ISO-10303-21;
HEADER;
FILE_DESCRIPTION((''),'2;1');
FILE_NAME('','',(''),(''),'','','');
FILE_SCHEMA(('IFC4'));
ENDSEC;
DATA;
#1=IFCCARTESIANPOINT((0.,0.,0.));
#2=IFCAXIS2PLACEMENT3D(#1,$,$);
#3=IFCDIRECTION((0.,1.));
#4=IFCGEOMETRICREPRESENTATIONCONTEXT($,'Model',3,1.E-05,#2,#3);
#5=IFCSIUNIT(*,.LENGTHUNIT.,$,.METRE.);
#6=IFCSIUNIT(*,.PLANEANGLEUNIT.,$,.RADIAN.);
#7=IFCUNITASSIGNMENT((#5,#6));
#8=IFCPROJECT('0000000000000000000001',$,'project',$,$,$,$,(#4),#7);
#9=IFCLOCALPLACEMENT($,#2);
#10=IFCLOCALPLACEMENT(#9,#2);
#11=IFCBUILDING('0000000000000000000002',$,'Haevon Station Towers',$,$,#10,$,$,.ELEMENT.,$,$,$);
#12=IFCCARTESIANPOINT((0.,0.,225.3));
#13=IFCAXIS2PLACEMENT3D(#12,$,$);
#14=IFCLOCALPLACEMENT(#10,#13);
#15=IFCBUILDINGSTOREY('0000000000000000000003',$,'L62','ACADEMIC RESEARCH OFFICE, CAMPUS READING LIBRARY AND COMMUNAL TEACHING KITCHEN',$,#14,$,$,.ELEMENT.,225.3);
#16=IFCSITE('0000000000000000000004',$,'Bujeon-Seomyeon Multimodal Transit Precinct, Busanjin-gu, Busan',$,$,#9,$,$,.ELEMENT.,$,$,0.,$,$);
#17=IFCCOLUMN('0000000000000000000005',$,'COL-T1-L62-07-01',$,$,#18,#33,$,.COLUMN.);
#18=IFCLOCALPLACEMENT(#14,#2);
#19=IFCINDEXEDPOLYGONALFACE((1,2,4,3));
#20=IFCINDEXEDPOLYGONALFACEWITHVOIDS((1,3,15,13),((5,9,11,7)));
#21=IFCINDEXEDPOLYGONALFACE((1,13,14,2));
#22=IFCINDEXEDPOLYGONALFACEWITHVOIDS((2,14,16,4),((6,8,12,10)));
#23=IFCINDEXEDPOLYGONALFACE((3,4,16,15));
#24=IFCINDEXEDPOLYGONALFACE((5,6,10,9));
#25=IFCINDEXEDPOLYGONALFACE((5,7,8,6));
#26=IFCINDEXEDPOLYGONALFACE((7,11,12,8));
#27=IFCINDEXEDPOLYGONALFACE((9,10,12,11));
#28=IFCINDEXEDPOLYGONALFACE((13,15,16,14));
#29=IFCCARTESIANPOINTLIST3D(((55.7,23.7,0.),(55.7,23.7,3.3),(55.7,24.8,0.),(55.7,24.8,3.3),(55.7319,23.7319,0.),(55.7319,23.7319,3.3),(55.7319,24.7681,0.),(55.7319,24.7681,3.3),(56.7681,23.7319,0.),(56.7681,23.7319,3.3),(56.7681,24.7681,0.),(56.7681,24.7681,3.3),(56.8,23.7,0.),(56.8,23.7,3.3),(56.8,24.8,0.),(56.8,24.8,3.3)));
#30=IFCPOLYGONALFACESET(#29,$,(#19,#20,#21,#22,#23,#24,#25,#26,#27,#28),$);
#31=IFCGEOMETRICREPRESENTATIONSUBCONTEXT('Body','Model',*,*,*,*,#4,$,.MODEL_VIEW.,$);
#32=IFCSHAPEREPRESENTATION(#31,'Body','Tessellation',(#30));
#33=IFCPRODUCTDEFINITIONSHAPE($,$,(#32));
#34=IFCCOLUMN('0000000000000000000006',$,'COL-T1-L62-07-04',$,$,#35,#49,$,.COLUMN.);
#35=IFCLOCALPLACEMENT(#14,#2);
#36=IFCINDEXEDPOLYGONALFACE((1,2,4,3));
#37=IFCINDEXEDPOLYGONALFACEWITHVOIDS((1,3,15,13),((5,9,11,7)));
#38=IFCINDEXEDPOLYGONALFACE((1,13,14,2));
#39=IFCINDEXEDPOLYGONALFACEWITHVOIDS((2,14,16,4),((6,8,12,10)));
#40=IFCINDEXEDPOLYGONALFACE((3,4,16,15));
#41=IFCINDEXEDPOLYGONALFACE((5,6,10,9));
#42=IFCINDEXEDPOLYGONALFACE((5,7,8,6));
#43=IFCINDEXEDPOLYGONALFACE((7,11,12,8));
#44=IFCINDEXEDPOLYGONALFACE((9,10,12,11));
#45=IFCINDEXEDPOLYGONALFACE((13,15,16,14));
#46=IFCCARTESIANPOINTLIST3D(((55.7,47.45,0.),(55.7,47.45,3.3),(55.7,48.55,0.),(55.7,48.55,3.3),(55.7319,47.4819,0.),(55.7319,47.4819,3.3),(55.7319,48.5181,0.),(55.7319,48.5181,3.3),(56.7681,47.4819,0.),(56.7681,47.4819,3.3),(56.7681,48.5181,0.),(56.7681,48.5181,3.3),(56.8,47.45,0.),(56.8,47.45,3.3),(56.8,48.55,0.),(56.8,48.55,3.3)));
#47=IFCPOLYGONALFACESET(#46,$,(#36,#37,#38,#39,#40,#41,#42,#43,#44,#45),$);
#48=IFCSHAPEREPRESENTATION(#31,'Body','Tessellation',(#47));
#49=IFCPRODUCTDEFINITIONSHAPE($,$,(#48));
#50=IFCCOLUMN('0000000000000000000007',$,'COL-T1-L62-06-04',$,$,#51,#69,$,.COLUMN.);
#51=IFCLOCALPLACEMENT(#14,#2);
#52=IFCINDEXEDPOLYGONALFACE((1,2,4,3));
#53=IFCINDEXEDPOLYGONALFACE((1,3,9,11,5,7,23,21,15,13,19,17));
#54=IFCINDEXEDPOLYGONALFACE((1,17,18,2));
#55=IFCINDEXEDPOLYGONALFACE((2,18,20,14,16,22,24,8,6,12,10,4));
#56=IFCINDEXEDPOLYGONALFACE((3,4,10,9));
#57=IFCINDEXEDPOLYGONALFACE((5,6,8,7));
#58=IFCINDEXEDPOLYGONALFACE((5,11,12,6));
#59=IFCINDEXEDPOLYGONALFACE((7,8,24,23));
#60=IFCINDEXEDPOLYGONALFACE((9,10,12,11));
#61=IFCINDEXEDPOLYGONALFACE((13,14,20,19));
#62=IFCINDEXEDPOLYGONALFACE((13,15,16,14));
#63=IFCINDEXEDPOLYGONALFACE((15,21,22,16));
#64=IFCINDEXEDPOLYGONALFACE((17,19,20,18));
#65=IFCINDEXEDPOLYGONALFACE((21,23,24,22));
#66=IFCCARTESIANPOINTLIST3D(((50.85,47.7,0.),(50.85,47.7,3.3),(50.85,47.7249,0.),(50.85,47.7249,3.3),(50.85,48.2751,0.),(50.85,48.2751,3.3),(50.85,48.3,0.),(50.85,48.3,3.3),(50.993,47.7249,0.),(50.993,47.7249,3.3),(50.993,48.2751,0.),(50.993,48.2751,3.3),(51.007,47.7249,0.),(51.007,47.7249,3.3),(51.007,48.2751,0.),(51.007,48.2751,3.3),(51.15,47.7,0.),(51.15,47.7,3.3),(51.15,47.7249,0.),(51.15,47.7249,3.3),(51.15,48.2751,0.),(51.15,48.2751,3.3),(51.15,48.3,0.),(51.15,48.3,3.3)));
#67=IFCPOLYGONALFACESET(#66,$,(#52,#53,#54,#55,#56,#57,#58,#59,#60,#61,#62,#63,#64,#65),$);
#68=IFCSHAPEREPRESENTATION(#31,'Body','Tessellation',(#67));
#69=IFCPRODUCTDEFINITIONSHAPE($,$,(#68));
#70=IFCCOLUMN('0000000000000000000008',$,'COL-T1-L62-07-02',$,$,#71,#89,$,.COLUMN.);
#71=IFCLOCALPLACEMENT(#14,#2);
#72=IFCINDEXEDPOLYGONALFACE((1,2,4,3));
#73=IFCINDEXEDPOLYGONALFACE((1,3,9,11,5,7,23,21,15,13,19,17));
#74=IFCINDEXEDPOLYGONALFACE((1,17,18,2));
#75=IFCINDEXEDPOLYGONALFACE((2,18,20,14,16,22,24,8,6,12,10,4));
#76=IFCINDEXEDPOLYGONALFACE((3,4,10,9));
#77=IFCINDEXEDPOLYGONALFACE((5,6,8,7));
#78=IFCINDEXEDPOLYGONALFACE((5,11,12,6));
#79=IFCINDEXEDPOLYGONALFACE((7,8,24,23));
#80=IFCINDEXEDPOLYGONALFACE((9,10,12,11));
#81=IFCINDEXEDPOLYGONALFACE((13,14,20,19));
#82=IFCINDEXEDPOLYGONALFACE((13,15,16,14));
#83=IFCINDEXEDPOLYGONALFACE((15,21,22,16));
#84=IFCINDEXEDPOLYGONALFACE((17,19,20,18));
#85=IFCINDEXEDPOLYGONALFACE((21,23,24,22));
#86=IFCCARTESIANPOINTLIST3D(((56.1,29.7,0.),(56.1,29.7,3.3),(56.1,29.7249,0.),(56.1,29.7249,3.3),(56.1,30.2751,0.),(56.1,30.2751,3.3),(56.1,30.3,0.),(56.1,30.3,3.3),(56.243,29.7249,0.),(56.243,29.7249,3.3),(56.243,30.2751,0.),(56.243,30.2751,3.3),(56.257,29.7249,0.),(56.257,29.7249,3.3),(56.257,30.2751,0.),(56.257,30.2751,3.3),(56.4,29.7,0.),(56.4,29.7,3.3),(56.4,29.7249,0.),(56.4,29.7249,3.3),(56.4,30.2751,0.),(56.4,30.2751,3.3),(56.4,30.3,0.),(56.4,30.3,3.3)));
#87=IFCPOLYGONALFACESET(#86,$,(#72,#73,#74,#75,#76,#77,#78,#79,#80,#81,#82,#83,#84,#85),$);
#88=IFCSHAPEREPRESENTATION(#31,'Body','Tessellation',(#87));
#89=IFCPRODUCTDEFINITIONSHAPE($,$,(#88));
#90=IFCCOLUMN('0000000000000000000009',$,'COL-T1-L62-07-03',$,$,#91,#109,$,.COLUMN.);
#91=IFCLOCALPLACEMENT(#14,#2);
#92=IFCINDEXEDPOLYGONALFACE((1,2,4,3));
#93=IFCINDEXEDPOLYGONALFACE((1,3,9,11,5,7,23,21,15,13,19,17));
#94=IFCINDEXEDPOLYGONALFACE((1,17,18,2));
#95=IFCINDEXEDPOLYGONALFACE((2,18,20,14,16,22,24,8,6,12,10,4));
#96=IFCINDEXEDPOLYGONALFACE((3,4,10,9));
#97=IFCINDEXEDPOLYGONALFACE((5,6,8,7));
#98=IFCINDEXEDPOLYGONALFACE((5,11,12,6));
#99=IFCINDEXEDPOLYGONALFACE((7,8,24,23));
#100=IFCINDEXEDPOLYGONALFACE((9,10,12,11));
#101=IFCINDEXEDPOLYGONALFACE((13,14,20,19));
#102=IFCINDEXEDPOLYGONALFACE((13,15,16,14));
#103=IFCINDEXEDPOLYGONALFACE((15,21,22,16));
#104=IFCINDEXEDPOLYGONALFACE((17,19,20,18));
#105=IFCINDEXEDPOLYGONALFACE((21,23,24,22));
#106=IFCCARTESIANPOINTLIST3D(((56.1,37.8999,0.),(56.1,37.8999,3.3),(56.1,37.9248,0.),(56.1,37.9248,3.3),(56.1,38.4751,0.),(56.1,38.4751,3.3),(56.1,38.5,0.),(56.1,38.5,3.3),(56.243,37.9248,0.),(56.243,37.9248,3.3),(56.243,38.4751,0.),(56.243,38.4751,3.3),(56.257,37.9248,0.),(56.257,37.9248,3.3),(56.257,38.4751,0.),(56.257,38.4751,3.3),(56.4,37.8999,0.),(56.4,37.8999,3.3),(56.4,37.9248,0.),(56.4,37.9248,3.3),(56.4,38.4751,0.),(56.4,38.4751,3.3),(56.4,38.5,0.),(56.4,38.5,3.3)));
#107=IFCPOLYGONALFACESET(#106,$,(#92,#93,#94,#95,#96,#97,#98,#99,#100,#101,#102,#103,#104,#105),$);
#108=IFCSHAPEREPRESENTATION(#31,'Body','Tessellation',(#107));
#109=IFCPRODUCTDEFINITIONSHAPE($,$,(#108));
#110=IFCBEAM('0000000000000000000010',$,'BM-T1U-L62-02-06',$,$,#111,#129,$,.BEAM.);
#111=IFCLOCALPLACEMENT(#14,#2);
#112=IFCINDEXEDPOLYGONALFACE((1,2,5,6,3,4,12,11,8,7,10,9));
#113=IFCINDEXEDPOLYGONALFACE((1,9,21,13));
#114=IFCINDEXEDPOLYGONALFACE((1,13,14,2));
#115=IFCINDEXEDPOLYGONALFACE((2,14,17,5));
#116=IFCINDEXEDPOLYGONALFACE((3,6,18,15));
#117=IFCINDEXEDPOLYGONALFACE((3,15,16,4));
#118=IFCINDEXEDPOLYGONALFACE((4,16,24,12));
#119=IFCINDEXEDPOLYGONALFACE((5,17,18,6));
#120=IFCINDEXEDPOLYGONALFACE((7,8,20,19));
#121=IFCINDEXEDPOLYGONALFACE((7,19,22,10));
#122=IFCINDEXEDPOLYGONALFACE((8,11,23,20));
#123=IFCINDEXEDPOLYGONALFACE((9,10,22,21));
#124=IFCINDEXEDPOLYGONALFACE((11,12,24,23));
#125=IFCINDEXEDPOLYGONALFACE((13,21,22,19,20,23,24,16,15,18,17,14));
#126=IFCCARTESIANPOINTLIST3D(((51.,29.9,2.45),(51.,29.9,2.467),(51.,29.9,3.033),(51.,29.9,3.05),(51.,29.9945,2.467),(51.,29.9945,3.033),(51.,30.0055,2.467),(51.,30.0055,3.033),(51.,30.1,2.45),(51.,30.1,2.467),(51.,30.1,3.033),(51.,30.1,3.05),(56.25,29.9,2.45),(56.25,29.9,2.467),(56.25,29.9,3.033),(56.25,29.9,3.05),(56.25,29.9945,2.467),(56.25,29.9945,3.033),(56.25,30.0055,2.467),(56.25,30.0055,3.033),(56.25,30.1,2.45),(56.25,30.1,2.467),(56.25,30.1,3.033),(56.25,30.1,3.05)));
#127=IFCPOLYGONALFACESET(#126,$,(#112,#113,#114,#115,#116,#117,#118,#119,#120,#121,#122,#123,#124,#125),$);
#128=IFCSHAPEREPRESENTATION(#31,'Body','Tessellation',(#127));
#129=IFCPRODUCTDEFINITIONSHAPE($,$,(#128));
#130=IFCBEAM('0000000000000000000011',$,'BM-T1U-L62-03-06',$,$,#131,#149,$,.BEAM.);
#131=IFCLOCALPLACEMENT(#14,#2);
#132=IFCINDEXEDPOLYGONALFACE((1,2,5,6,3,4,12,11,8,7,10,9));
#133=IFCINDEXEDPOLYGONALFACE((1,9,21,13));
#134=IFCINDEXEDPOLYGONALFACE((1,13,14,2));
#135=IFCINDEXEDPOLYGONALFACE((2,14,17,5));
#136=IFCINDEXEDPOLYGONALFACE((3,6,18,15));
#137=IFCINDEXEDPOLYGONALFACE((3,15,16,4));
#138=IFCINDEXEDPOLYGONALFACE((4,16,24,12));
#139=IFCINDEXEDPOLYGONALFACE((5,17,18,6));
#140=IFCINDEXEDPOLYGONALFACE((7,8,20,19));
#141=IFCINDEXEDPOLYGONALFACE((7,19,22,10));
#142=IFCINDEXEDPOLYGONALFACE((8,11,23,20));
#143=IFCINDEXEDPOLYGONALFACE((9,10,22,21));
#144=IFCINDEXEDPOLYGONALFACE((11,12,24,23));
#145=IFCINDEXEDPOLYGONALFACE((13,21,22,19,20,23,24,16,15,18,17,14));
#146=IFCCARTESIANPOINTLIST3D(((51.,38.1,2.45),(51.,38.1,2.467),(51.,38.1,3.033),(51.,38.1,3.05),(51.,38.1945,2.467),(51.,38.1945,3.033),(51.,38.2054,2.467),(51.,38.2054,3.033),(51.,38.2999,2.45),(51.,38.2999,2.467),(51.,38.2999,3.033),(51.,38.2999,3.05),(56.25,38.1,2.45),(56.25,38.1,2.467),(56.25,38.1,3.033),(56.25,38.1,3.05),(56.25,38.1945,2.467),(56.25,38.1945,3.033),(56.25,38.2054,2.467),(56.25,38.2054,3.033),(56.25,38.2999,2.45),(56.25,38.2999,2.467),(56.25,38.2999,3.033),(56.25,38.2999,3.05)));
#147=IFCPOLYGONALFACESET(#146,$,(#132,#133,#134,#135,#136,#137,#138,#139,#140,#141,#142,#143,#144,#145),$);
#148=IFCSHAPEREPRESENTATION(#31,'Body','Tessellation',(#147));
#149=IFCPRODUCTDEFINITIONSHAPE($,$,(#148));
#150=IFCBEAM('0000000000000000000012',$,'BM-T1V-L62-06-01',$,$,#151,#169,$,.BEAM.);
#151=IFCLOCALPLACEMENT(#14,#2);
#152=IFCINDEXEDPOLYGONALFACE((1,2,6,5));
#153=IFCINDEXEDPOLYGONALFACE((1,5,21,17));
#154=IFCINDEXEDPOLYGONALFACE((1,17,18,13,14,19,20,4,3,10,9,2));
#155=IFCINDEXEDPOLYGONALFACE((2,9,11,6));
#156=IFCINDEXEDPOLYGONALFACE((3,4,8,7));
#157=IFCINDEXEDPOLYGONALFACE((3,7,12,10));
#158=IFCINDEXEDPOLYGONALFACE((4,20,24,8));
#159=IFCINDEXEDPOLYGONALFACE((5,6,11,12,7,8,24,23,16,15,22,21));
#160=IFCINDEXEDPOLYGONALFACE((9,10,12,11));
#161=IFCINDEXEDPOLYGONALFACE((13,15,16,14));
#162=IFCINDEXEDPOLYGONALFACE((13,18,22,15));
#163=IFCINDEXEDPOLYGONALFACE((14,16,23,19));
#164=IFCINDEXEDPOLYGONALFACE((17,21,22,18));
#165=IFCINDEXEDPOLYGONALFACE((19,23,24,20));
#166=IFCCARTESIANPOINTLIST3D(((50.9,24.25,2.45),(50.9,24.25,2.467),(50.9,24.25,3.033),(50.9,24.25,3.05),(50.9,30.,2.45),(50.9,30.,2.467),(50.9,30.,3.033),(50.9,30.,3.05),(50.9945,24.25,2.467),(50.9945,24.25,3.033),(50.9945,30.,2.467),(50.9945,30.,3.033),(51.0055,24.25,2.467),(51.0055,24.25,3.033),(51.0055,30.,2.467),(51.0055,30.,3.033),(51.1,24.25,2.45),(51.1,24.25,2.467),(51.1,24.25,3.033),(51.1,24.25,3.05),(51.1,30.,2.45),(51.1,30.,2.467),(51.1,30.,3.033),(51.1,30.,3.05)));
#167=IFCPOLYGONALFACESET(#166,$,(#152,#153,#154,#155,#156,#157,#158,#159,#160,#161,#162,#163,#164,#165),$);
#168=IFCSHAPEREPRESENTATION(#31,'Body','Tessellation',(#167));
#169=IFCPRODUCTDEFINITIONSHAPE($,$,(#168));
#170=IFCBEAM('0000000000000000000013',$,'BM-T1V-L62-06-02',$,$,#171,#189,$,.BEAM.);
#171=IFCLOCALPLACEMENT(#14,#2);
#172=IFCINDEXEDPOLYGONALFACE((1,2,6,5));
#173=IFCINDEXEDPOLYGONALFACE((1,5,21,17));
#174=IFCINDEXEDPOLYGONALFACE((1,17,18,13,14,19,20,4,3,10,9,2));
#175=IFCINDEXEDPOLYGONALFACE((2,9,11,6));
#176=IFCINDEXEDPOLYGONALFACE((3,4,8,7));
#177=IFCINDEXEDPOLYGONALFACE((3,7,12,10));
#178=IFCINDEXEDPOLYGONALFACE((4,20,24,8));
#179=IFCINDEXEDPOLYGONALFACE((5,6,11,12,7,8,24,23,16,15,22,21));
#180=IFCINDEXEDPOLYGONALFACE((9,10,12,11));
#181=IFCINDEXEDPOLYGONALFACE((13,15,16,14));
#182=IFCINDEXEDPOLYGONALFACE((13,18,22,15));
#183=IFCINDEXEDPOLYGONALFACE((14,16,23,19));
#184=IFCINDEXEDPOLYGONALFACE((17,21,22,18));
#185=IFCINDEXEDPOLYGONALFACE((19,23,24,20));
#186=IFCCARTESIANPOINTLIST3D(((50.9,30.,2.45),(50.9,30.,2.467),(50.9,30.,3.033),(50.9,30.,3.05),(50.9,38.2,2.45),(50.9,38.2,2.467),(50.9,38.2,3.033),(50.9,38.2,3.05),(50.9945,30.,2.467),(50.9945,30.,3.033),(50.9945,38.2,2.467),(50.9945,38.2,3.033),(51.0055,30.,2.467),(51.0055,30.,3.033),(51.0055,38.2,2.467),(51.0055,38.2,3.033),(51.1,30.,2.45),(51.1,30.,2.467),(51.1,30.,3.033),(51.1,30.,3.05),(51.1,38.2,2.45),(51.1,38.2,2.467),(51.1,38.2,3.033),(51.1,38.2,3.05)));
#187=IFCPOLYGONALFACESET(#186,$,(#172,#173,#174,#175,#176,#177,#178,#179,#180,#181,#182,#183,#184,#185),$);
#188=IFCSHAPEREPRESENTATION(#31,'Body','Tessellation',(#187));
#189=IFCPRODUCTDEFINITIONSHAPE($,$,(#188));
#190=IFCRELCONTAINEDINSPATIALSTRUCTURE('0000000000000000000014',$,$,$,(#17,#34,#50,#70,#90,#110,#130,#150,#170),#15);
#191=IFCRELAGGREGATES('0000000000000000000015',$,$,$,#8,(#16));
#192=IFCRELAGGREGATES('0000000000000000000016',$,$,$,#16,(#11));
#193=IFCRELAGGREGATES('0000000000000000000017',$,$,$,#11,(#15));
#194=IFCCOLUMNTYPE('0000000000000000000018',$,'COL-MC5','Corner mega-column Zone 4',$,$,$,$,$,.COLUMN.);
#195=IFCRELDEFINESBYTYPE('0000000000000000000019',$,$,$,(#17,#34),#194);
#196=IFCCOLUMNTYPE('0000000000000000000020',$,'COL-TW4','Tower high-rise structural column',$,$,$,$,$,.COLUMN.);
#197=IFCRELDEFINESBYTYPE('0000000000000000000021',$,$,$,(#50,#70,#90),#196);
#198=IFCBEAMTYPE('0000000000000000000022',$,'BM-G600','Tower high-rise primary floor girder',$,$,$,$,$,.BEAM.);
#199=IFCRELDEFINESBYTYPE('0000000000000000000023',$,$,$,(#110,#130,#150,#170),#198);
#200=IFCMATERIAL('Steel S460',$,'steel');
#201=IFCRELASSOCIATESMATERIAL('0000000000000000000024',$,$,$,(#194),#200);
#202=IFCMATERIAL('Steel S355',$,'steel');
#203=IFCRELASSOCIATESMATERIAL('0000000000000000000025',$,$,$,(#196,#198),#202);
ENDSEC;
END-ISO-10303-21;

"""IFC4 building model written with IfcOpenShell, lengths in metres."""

from ifc_helpers import new_model, si_unit, direction, frame, origin, origin_2d, place, context, subcontext, project, spatial, hollow_rectangle, i_section, extrude, material, material_profile, profile_set, type_object, element, save


model = new_model("IFC4")

# Units and contexts
model_context = context("Model", 3, precision=1e-05, world=origin(), true_north=direction((0.0, 1.0)))
body_context = subcontext(model_context, "Body", "Model", "MODEL_VIEW")
ifc_project = project(units=[si_unit("LENGTHUNIT", "METRE"), si_unit("PLANEANGLEUNIT", "RADIAN")], contexts=[model_context])

# Site, building, storey
site_placement = place(None, origin())
site = spatial("IfcSite", under=ifc_project, at=site_placement, Name="Bujeon-Seomyeon Multimodal Transit Precinct, Busanjin-gu, Busan", CompositionType="ELEMENT", RefElevation=0.0)
building_placement = place(site_placement, origin())
building = spatial("IfcBuilding", under=site, at=building_placement, Name="Haevon Station Towers", CompositionType="ELEMENT")
storey_placement = place(building_placement, frame((0.0, 0.0, 225.3)))
storey = spatial("IfcBuildingStorey", under=building, at=storey_placement, Name="L62", Description="ACADEMIC RESEARCH OFFICE, CAMPUS READING LIBRARY AND COMMUNAL TEACHING KITCHEN", CompositionType="ELEMENT", Elevation=225.3)

# Columns
ifc_material_1 = material(Name="Steel S460", Category="steel")
ifc_material_profile_1 = material_profile(ifc_material_1, hollow_rectangle(XDim=1.1001, YDim=1.1001, WallThickness=0.032, at=origin_2d()), Name="BOX-1100x1100x32")
ifc_profile_set_1 = profile_set([ifc_material_profile_1], Name="Steel S460")
column_type_1 = type_object("IfcColumnType", Name="COL-MC5", Description="Corner mega-column Zone 4", PredefinedType="COLUMN", material=ifc_profile_set_1)
for number, where, z_axis, x_axis, name in (
    (1, (56.25, 24.25, 0.0), (0.0, 0.0, 1.0), (1.0, 0.0, 0.0), "COL-T1-L62-07-01"),
    (2, (56.25, 48.0, 0.0), (0.0, 0.0, 1.0), (1.0, 0.0, 0.0), "COL-T1-L62-07-04"),
):
    element("IfcColumn", number, at=place(storey_placement, frame(where, z_axis=z_axis, x_axis=x_axis)), inside=storey, type_object=column_type_1, Name=name, PredefinedType="COLUMN", context=body_context, shape_type="SweptSolid", body=[
        extrude(hollow_rectangle(XDim=1.1001, YDim=1.1001, WallThickness=0.032, at=origin_2d()), origin(), (0.0, 0.0, 1.0), 3.3),
    ])
ifc_material_2 = material(Name="Steel S355", Category="steel")
ifc_material_profile_2 = material_profile(ifc_material_2, i_section(OverallWidth=0.3, OverallDepth=0.6001, WebThickness=0.0139, FlangeThickness=0.0249, at=origin_2d()), Name="H-600x300x14x25")
ifc_profile_set_2 = profile_set([ifc_material_profile_2], Name="Steel S355")
column_type_2 = type_object("IfcColumnType", Name="COL-TW4", Description="Tower high-rise structural column", PredefinedType="COLUMN", material=ifc_profile_set_2)
for number, where, z_axis, x_axis, name in (
    (3, (51.0, 48.0, 0.0), (0.0, 0.0, 1.0), (1.0, 0.0, 0.0), "COL-T1-L62-06-04"),
    (4, (56.25, 30.0, 0.0), (0.0, 0.0, 1.0), (1.0, 0.0, 0.0), "COL-T1-L62-07-02"),
    (5, (56.25, 38.2, 0.0), (0.0, 0.0, 1.0), (1.0, 0.0, 0.0), "COL-T1-L62-07-03"),
):
    element("IfcColumn", number, at=place(storey_placement, frame(where, z_axis=z_axis, x_axis=x_axis)), inside=storey, type_object=column_type_2, Name=name, PredefinedType="COLUMN", context=body_context, shape_type="SweptSolid", body=[
        extrude(i_section(OverallWidth=0.3, OverallDepth=0.6001, WebThickness=0.0139, FlangeThickness=0.0249, at=origin_2d()), origin(), (0.0, 0.0, 1.0), 3.3),
    ])

# Beams
ifc_material_profile_3 = material_profile(ifc_material_2, i_section(OverallWidth=0.2, OverallDepth=0.6001, WebThickness=0.011, FlangeThickness=0.0171, at=origin_2d()), Name="H-600x200x11x17")
ifc_profile_set_3 = profile_set([ifc_material_profile_3], Name="Steel S355")
beam_type_1 = type_object("IfcBeamType", Name="BM-G600", Description="Tower high-rise primary floor girder", PredefinedType="BEAM", material=ifc_profile_set_3)
for number, where, z_axis, x_axis, name in (
    (6, (51.0, 30.0, 2.75), (1.0, 0.0, 0.0), (0.0, 1.0, 0.0), "BM-T1U-L62-02-06"),
    (7, (51.0, 38.2, 2.75), (1.0, 0.0, 0.0), (0.0, 1.0, 0.0), "BM-T1U-L62-03-06"),
):
    element("IfcBeam", number, at=place(storey_placement, frame(where, z_axis=z_axis, x_axis=x_axis)), inside=storey, type_object=beam_type_1, Name=name, PredefinedType="BEAM", context=body_context, shape_type="SweptSolid", body=[
        extrude(i_section(OverallWidth=0.2, OverallDepth=0.6001, WebThickness=0.011, FlangeThickness=0.0171, at=origin_2d()), origin(), (0.0, 0.0, 1.0), 5.25),
    ])
beam_1_placement = place(storey_placement, frame((51.0, 24.25, 2.75), z_axis=(0.0, 1.0, 0.0), x_axis=(-1.0, 0.0, 0.0)))
element("IfcBeam", 8, at=beam_1_placement, inside=storey, type_object=beam_type_1, Name="BM-T1V-L62-06-01", PredefinedType="BEAM", context=body_context, shape_type="SweptSolid", body=[
    extrude(i_section(OverallWidth=0.2, OverallDepth=0.6001, WebThickness=0.011, FlangeThickness=0.0171, at=origin_2d()), origin(), (0.0, 0.0, 1.0), 5.75),
])
beam_2_placement = place(storey_placement, frame((51.0, 30.0, 2.75), z_axis=(0.0, 1.0, 0.0), x_axis=(-1.0, 0.0, 0.0)))
element("IfcBeam", 9, at=beam_2_placement, inside=storey, type_object=beam_type_1, Name="BM-T1V-L62-06-02", PredefinedType="BEAM", context=body_context, shape_type="SweptSolid", body=[
    extrude(i_section(OverallWidth=0.2, OverallDepth=0.6001, WebThickness=0.011, FlangeThickness=0.0171, at=origin_2d()), origin(), (0.0, 0.0, 1.0), 8.2),
])

save(model, "model.ifc")
